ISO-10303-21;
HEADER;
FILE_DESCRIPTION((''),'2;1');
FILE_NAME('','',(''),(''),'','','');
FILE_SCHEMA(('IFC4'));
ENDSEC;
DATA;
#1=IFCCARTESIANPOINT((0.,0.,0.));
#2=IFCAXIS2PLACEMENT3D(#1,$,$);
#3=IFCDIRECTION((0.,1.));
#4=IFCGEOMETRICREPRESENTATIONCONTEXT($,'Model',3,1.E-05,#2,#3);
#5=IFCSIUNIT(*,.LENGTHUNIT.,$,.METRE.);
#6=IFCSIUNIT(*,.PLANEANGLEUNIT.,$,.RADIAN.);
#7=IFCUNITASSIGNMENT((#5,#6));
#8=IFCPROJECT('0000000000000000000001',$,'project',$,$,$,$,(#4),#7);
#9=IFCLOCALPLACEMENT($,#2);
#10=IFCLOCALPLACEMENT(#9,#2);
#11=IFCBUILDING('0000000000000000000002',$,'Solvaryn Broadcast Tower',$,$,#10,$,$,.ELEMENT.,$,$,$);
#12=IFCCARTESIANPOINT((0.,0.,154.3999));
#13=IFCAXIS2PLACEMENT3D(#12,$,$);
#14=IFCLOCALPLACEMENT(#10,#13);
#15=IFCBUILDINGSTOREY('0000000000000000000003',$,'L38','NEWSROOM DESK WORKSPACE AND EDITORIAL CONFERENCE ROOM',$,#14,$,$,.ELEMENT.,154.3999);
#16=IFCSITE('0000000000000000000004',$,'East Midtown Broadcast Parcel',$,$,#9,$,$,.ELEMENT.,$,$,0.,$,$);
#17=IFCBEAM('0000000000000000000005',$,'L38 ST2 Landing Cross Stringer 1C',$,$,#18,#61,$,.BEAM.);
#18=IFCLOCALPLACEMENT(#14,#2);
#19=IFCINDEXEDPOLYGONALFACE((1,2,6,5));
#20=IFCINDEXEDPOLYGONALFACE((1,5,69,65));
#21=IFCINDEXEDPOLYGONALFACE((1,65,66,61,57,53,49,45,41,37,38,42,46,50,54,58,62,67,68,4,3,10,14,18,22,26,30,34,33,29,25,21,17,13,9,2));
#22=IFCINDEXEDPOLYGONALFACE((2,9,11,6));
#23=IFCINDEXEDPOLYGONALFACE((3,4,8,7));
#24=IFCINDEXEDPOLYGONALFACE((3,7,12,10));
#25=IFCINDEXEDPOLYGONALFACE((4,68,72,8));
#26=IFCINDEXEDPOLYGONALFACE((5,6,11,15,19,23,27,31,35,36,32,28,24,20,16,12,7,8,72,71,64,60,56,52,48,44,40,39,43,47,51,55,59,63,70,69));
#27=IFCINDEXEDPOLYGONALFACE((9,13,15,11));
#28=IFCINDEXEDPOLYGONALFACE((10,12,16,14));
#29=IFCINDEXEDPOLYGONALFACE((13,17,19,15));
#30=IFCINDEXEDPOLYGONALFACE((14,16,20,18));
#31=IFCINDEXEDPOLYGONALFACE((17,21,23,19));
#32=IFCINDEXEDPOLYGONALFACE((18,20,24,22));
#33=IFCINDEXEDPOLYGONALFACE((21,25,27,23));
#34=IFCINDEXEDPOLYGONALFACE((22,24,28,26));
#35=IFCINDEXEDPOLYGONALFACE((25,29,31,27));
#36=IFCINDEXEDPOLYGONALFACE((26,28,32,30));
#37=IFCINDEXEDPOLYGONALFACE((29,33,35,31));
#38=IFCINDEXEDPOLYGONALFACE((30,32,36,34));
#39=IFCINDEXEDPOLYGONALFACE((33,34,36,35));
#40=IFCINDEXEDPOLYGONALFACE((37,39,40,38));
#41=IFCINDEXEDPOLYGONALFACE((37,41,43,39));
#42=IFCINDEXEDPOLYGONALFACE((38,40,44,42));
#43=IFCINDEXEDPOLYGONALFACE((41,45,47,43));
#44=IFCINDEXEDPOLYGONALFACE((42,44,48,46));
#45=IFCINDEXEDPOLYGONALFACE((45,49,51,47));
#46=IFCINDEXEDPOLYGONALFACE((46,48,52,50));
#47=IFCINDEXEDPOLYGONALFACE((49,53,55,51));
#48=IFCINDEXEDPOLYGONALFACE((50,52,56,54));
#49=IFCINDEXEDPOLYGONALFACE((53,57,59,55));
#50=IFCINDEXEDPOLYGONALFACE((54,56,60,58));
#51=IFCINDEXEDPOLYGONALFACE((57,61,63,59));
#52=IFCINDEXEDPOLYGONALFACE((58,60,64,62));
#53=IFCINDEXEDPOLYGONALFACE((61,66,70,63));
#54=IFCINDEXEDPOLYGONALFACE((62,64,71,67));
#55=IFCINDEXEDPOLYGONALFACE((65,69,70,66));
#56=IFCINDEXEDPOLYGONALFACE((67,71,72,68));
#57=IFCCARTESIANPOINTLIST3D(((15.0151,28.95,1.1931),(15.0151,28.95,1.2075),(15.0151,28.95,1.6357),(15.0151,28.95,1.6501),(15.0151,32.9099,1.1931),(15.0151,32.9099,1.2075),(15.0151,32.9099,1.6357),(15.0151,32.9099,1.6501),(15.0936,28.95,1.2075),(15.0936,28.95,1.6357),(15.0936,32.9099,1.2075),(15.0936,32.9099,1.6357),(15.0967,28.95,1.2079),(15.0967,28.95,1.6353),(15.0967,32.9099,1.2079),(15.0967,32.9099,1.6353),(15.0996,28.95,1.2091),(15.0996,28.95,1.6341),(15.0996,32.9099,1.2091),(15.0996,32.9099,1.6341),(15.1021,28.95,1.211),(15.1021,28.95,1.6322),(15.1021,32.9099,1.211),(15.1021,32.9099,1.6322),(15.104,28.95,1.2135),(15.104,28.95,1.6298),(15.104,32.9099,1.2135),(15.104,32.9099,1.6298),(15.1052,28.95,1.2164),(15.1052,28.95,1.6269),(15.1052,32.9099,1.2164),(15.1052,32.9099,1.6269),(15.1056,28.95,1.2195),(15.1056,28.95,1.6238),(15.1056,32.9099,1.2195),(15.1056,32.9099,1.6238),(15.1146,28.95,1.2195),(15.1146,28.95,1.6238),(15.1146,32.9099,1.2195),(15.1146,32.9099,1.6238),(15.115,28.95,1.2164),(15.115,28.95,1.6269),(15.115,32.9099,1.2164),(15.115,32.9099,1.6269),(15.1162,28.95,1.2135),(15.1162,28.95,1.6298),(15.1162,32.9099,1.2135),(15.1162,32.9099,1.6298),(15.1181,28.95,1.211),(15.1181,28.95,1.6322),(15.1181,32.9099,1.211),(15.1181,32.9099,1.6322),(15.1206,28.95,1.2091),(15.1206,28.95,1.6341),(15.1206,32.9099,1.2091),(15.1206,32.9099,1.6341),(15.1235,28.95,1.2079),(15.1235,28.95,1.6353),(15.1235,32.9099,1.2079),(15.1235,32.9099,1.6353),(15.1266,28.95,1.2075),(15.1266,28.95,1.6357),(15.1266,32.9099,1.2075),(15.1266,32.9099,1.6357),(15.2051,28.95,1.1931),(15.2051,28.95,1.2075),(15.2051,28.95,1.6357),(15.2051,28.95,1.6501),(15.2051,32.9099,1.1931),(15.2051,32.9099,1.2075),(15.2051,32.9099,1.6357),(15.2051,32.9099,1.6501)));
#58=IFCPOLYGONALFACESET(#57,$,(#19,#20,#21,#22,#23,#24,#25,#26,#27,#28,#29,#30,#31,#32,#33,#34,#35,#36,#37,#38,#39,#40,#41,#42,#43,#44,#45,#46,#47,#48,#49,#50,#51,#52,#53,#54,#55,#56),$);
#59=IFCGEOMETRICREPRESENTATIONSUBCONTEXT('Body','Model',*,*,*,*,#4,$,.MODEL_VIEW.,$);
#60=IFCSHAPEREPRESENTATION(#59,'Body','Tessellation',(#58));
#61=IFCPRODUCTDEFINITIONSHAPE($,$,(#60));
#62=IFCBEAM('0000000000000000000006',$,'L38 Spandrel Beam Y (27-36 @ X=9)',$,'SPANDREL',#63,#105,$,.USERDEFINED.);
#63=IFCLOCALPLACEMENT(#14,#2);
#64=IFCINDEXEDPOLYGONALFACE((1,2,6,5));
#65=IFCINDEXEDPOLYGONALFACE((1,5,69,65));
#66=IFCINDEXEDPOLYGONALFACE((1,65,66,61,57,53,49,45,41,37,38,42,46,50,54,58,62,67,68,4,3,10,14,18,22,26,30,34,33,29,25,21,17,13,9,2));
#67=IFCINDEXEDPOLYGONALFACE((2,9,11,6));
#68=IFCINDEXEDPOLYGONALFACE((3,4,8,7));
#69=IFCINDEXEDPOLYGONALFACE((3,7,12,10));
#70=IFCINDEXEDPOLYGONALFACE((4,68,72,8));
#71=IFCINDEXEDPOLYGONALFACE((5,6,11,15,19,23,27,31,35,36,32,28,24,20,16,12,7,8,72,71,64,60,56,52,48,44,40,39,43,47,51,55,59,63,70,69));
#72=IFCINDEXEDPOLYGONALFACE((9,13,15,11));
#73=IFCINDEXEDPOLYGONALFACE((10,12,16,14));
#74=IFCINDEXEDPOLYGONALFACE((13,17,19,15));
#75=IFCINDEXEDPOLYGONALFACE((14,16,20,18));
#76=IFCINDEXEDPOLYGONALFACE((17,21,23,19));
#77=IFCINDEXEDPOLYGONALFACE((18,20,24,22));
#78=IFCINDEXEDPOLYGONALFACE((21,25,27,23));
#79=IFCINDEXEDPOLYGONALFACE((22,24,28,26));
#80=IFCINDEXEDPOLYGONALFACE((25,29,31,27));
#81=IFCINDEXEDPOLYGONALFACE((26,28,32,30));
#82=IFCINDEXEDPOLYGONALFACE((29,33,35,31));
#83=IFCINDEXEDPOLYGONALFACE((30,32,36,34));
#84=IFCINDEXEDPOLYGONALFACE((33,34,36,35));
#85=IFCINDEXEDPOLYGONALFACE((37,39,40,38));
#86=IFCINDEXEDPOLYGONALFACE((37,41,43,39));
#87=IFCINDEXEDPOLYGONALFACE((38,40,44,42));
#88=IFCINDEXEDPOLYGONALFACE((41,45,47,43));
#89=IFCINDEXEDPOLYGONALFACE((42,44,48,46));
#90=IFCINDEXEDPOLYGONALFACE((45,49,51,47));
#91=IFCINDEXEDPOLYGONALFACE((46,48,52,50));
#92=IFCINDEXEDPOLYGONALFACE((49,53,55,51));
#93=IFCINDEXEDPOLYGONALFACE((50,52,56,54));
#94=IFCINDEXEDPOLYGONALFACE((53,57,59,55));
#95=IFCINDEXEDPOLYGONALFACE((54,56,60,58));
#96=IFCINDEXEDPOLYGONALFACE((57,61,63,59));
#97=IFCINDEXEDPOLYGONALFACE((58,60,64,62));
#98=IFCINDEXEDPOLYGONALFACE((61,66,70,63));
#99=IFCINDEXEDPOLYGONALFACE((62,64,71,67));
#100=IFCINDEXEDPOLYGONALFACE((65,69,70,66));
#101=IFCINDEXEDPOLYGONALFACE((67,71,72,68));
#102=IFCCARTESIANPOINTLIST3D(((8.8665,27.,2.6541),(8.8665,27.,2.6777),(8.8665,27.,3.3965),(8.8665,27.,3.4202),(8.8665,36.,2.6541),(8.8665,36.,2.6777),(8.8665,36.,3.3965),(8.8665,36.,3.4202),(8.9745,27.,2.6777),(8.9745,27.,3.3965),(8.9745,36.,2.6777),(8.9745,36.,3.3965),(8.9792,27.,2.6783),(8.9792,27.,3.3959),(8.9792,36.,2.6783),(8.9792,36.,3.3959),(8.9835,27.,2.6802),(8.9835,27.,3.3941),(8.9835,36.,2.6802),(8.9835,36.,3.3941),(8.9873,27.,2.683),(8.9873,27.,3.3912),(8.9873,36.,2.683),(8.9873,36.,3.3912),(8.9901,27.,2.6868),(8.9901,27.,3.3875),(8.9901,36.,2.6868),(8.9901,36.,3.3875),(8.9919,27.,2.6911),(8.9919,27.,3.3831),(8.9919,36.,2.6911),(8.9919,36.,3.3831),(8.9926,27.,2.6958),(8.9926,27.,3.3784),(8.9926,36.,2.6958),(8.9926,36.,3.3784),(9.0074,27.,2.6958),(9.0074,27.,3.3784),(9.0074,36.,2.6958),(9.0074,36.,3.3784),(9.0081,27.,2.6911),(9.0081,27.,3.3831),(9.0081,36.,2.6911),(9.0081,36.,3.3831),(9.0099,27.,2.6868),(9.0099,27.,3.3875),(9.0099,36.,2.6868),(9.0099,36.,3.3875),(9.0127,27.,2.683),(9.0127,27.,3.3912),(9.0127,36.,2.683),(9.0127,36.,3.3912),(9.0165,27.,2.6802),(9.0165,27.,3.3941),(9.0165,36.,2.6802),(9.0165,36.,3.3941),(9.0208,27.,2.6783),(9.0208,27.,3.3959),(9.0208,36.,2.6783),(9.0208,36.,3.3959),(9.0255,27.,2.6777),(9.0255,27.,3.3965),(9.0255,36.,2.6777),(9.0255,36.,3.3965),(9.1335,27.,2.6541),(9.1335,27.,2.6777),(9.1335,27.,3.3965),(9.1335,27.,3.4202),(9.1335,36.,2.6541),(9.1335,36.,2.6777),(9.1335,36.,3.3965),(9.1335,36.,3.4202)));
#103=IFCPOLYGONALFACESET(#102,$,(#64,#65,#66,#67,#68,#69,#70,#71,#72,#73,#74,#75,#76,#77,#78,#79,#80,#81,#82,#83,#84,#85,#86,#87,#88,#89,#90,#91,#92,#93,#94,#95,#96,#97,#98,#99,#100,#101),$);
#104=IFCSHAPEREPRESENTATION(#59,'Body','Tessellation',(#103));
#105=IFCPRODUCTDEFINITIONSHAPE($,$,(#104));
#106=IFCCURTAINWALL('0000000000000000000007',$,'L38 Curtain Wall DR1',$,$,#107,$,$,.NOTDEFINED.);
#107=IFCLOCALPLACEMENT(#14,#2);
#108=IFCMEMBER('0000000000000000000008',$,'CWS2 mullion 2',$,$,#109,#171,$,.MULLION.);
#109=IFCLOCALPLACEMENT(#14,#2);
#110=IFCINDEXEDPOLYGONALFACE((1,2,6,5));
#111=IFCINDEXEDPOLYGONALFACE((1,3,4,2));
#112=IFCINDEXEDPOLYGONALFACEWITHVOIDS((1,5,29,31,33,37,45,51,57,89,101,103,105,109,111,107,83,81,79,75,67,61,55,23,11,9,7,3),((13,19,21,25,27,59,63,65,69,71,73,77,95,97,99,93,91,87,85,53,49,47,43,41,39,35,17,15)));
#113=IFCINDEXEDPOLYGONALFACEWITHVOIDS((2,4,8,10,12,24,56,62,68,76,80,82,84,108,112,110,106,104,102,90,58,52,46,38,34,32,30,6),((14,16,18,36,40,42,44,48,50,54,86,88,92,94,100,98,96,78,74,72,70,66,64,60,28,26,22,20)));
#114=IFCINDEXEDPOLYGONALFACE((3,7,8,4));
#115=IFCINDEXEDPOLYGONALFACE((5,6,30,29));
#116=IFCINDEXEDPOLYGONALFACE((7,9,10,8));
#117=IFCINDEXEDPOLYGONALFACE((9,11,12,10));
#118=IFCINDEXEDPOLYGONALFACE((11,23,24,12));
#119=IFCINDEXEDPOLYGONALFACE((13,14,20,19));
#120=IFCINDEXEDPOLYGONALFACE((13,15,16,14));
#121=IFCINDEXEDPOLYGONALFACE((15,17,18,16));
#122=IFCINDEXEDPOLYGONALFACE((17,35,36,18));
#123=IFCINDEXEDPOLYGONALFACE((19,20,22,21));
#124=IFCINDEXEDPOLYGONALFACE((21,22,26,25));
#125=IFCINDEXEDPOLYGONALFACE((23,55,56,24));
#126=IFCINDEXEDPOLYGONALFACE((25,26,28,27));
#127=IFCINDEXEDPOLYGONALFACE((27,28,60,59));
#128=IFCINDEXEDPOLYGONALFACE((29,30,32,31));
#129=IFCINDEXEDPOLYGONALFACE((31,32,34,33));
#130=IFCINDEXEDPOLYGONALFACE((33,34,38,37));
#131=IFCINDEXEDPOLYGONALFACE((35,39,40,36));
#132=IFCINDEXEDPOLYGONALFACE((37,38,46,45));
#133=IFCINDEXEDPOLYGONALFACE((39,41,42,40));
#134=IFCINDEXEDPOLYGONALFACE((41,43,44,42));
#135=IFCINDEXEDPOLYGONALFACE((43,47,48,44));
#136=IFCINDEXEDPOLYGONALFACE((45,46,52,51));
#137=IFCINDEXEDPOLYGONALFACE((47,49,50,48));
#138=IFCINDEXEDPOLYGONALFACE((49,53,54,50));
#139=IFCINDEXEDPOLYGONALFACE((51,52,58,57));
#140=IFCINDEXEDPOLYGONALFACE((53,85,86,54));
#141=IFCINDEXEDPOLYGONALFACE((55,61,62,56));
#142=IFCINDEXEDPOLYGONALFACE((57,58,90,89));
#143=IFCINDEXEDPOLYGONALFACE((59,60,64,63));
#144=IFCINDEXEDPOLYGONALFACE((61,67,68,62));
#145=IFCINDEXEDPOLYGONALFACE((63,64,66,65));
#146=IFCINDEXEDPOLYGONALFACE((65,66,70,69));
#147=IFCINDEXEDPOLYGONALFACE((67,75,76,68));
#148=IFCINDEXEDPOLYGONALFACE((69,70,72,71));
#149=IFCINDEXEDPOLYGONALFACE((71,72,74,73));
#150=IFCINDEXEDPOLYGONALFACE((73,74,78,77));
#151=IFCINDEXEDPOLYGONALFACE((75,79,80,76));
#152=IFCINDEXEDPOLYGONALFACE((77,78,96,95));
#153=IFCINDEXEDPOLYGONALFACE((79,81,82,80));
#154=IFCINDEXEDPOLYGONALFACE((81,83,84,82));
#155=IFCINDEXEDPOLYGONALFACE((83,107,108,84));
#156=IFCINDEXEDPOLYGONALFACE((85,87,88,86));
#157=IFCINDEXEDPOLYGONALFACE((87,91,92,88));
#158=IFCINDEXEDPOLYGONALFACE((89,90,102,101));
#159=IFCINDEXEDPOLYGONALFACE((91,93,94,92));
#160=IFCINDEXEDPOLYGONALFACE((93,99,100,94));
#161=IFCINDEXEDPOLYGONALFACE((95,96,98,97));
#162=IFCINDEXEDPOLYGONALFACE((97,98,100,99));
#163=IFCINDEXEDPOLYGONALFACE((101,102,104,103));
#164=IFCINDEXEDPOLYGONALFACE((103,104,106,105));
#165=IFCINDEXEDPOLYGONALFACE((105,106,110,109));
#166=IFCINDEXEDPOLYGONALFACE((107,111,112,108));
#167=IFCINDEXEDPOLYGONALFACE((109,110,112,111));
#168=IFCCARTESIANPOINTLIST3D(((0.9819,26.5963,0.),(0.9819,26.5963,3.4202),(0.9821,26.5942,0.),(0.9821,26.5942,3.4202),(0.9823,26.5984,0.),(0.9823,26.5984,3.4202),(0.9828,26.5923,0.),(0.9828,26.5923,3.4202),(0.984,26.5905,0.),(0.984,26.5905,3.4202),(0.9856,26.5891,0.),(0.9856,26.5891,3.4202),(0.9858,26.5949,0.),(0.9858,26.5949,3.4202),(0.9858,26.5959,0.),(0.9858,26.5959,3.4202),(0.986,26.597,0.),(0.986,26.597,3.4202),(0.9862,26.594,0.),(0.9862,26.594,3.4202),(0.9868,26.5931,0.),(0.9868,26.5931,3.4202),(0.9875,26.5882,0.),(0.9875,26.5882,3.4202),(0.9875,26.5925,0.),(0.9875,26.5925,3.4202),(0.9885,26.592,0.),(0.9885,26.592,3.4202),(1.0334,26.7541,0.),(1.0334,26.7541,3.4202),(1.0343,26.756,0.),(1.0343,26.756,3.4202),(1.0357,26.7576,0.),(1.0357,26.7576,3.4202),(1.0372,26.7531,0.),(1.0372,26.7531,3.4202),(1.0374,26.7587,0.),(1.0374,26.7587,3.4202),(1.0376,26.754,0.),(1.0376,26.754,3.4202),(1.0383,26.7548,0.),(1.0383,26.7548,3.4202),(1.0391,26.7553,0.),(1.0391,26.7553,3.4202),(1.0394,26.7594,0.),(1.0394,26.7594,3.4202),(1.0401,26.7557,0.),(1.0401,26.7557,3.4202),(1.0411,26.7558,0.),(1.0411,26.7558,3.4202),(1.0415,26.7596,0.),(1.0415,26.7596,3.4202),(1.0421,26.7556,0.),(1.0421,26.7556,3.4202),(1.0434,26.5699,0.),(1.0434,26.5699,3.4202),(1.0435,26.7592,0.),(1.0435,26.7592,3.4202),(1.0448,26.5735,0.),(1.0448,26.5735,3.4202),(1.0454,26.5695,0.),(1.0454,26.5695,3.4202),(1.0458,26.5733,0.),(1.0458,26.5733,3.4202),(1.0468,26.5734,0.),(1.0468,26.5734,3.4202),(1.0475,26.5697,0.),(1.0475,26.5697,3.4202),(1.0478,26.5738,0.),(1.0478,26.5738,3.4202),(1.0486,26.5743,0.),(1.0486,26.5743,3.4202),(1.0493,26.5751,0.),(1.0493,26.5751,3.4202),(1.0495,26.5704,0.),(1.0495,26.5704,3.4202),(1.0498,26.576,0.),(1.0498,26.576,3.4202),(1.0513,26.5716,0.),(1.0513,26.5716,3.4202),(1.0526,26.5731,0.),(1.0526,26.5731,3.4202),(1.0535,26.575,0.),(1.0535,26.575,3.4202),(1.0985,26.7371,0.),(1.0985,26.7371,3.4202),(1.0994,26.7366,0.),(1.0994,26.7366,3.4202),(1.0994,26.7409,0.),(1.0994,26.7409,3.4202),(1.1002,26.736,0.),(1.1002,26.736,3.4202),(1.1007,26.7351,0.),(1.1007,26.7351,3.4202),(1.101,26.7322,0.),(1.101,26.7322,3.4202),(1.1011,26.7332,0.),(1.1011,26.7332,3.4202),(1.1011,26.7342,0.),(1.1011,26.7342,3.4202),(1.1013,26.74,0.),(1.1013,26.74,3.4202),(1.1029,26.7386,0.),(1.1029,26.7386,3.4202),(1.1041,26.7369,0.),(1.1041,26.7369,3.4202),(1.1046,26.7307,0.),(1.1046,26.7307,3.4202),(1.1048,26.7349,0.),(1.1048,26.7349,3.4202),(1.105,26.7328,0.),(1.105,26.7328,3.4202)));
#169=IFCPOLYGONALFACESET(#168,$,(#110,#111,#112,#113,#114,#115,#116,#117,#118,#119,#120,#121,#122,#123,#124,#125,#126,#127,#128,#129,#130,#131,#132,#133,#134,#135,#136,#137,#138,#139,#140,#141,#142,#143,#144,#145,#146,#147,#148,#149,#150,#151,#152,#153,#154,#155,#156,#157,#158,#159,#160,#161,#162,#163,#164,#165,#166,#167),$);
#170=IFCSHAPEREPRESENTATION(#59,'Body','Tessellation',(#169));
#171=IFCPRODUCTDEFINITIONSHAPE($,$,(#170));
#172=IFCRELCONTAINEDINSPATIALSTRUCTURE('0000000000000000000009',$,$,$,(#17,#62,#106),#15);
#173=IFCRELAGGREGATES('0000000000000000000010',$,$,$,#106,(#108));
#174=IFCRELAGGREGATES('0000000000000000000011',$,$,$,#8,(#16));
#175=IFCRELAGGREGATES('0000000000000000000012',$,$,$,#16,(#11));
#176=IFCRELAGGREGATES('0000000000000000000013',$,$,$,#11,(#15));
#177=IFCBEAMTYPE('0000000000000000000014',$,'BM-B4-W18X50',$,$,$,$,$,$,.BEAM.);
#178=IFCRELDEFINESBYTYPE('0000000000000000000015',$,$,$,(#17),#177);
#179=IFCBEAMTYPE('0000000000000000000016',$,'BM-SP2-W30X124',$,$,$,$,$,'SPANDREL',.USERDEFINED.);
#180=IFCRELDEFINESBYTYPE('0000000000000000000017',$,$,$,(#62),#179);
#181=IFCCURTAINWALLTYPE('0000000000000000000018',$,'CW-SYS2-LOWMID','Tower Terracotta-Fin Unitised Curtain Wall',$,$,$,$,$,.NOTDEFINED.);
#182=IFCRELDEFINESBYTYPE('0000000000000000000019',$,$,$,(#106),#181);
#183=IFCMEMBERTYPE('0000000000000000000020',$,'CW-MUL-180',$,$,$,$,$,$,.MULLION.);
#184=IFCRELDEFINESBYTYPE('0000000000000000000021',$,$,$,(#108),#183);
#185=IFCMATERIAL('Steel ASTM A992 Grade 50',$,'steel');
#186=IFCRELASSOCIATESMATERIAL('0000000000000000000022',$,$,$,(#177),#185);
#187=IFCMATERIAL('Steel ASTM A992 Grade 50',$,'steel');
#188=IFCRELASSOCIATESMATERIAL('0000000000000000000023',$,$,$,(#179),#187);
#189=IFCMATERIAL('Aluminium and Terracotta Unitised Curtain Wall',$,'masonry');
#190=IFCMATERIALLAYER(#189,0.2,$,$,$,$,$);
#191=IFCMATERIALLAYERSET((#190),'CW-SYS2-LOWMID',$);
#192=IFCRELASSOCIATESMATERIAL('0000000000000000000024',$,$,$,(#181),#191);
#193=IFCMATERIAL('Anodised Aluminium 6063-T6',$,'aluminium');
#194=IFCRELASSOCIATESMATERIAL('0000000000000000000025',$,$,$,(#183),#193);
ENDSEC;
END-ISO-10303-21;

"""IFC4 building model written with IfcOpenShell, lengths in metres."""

from ifc_helpers import new_model, si_unit, direction, frame, origin, origin_2d, place, context, subcontext, project, spatial, hollow_rectangle, i_section, extrude, material, layer, layer_set, material_profile, profile_set, type_object, element, aggregate, save


model = new_model("IFC4")

# Units and contexts
model_context = context("Model", 3, precision=1e-05, world=origin(), true_north=direction((0.0, 1.0)))
body_context = subcontext(model_context, "Body", "Model", "MODEL_VIEW")
ifc_project = project(units=[si_unit("LENGTHUNIT", "METRE"), si_unit("PLANEANGLEUNIT", "RADIAN")], contexts=[model_context])

# Site, building, storey
site_placement = place(None, origin())
site = spatial("IfcSite", under=ifc_project, at=site_placement, Name="East Midtown Broadcast Parcel", CompositionType="ELEMENT", RefElevation=0.0)
building_placement = place(site_placement, origin())
building = spatial("IfcBuilding", under=site, at=building_placement, Name="Solvaryn Broadcast Tower", CompositionType="ELEMENT")
storey_placement = place(building_placement, frame((0.0, 0.0, 154.3999)))
storey = spatial("IfcBuildingStorey", under=building, at=storey_placement, Name="L38", Description="NEWSROOM DESK WORKSPACE AND EDITORIAL CONFERENCE ROOM", CompositionType="ELEMENT", Elevation=154.3999)

# Beams
ifc_material_1 = material(Name="Steel ASTM A992 Grade 50", Category="steel")
ifc_material_profile_1 = material_profile(ifc_material_1, i_section(OverallWidth=0.1899, OverallDepth=0.457, WebThickness=0.009, FlangeThickness=0.0144, FilletRadius=0.012, at=origin_2d()))
ifc_profile_set_1 = profile_set([ifc_material_profile_1], Name="Steel ASTM A992 Grade 50")
beam_type_1 = type_object("IfcBeamType", Name="BM-B4-W18X50", PredefinedType="BEAM", material=ifc_profile_set_1)
beam_1_placement = place(storey_placement, frame((15.1101, 28.95, 1.4216), z_axis=(0.0, 1.0, 0.0), x_axis=(-1.0, 0.0, 0.0)))
element("IfcBeam", 1, at=beam_1_placement, inside=storey, type_object=beam_type_1, Name="L38 ST2 Landing Cross Stringer 1C", PredefinedType="BEAM", context=body_context, shape_type="SweptSolid", body=[
    extrude(i_section(OverallWidth=0.1899, OverallDepth=0.457, WebThickness=0.009, FlangeThickness=0.0144, FilletRadius=0.012, at=origin_2d()), origin(), (0.0, 0.0, 1.0), 3.96),
])
ifc_material_2 = material(Name="Steel ASTM A992 Grade 50", Category="steel")
ifc_material_profile_2 = material_profile(ifc_material_2, i_section(OverallWidth=0.2671, OverallDepth=0.7661, WebThickness=0.0149, FlangeThickness=0.0237, FilletRadius=0.0181, at=origin_2d()))
ifc_profile_set_2 = profile_set([ifc_material_profile_2], Name="Steel ASTM A992 Grade 50")
beam_type_2 = type_object("IfcBeamType", Name="BM-SP2-W30X124", ElementType="SPANDREL", PredefinedType="USERDEFINED", material=ifc_profile_set_2)
beam_2_placement = place(storey_placement, frame((9.0, 27.0, 3.0371), z_axis=(0.0, 1.0, 0.0), x_axis=(-1.0, 0.0, 0.0)))
element("IfcBeam", 2, at=beam_2_placement, inside=storey, type_object=beam_type_2, Name="L38 Spandrel Beam Y (27-36 @ X=9)", ObjectType="SPANDREL", PredefinedType="USERDEFINED", context=body_context, shape_type="SweptSolid", body=[
    extrude(i_section(OverallWidth=0.2671, OverallDepth=0.7661, WebThickness=0.0149, FlangeThickness=0.0237, FilletRadius=0.0181, at=origin_2d()), origin(), (0.0, 0.0, 1.0), 9.0),
])

# Curtain wall, member
ifc_material_3 = material(Name="Aluminium and Terracotta Unitised Curtain Wall", Category="masonry")
ifc_layer_1 = layer(ifc_material_3, 0.2)
ifc_layer_set_1 = layer_set([ifc_layer_1], Name="CW-SYS2-LOWMID")
curtain_wall_type = type_object("IfcCurtainWallType", Name="CW-SYS2-LOWMID", Description="Tower Terracotta-Fin Unitised Curtain Wall", PredefinedType="NOTDEFINED", material=ifc_layer_set_1)
curtain_wall_1_placement = place(storey_placement, origin())
curtain_wall_1 = element("IfcCurtainWall", 3, at=curtain_wall_1_placement, inside=storey, type_object=curtain_wall_type, Name="L38 Curtain Wall DR1", PredefinedType="NOTDEFINED")
ifc_material_4 = material(Name="Anodised Aluminium 6063-T6", Category="aluminium")
ifc_material_profile_3 = material_profile(ifc_material_4, hollow_rectangle(XDim=0.075, YDim=0.1799, WallThickness=0.0039, InnerFilletRadius=0.0039, OuterFilletRadius=0.0081, at=origin_2d()))
ifc_profile_set_3 = profile_set([ifc_material_profile_3], Name="Anodised Aluminium 6063-T6")
member_type_1 = type_object("IfcMemberType", Name="CW-MUL-180", PredefinedType="MULLION", material=ifc_profile_set_3)
member_1_placement = place(storey_placement, frame((1.0435, 26.6646, 0.0), z_axis=(0.0, 0.0, 1.0), x_axis=(0.950198, -0.311646, 0.0)))
member_1 = element("IfcMember", 4, at=member_1_placement, type_object=member_type_1, Name="CWS2 mullion 2", PredefinedType="MULLION", context=body_context, shape_type="SweptSolid", body=[
    extrude(hollow_rectangle(XDim=0.075, YDim=0.1799, WallThickness=0.0039, InnerFilletRadius=0.0039, OuterFilletRadius=0.0081, at=origin_2d()), origin(), (0.0, 0.0, 1.0), 3.4202),
])
aggregate(curtain_wall_1, [member_1])

save(model, "model.ifc")
